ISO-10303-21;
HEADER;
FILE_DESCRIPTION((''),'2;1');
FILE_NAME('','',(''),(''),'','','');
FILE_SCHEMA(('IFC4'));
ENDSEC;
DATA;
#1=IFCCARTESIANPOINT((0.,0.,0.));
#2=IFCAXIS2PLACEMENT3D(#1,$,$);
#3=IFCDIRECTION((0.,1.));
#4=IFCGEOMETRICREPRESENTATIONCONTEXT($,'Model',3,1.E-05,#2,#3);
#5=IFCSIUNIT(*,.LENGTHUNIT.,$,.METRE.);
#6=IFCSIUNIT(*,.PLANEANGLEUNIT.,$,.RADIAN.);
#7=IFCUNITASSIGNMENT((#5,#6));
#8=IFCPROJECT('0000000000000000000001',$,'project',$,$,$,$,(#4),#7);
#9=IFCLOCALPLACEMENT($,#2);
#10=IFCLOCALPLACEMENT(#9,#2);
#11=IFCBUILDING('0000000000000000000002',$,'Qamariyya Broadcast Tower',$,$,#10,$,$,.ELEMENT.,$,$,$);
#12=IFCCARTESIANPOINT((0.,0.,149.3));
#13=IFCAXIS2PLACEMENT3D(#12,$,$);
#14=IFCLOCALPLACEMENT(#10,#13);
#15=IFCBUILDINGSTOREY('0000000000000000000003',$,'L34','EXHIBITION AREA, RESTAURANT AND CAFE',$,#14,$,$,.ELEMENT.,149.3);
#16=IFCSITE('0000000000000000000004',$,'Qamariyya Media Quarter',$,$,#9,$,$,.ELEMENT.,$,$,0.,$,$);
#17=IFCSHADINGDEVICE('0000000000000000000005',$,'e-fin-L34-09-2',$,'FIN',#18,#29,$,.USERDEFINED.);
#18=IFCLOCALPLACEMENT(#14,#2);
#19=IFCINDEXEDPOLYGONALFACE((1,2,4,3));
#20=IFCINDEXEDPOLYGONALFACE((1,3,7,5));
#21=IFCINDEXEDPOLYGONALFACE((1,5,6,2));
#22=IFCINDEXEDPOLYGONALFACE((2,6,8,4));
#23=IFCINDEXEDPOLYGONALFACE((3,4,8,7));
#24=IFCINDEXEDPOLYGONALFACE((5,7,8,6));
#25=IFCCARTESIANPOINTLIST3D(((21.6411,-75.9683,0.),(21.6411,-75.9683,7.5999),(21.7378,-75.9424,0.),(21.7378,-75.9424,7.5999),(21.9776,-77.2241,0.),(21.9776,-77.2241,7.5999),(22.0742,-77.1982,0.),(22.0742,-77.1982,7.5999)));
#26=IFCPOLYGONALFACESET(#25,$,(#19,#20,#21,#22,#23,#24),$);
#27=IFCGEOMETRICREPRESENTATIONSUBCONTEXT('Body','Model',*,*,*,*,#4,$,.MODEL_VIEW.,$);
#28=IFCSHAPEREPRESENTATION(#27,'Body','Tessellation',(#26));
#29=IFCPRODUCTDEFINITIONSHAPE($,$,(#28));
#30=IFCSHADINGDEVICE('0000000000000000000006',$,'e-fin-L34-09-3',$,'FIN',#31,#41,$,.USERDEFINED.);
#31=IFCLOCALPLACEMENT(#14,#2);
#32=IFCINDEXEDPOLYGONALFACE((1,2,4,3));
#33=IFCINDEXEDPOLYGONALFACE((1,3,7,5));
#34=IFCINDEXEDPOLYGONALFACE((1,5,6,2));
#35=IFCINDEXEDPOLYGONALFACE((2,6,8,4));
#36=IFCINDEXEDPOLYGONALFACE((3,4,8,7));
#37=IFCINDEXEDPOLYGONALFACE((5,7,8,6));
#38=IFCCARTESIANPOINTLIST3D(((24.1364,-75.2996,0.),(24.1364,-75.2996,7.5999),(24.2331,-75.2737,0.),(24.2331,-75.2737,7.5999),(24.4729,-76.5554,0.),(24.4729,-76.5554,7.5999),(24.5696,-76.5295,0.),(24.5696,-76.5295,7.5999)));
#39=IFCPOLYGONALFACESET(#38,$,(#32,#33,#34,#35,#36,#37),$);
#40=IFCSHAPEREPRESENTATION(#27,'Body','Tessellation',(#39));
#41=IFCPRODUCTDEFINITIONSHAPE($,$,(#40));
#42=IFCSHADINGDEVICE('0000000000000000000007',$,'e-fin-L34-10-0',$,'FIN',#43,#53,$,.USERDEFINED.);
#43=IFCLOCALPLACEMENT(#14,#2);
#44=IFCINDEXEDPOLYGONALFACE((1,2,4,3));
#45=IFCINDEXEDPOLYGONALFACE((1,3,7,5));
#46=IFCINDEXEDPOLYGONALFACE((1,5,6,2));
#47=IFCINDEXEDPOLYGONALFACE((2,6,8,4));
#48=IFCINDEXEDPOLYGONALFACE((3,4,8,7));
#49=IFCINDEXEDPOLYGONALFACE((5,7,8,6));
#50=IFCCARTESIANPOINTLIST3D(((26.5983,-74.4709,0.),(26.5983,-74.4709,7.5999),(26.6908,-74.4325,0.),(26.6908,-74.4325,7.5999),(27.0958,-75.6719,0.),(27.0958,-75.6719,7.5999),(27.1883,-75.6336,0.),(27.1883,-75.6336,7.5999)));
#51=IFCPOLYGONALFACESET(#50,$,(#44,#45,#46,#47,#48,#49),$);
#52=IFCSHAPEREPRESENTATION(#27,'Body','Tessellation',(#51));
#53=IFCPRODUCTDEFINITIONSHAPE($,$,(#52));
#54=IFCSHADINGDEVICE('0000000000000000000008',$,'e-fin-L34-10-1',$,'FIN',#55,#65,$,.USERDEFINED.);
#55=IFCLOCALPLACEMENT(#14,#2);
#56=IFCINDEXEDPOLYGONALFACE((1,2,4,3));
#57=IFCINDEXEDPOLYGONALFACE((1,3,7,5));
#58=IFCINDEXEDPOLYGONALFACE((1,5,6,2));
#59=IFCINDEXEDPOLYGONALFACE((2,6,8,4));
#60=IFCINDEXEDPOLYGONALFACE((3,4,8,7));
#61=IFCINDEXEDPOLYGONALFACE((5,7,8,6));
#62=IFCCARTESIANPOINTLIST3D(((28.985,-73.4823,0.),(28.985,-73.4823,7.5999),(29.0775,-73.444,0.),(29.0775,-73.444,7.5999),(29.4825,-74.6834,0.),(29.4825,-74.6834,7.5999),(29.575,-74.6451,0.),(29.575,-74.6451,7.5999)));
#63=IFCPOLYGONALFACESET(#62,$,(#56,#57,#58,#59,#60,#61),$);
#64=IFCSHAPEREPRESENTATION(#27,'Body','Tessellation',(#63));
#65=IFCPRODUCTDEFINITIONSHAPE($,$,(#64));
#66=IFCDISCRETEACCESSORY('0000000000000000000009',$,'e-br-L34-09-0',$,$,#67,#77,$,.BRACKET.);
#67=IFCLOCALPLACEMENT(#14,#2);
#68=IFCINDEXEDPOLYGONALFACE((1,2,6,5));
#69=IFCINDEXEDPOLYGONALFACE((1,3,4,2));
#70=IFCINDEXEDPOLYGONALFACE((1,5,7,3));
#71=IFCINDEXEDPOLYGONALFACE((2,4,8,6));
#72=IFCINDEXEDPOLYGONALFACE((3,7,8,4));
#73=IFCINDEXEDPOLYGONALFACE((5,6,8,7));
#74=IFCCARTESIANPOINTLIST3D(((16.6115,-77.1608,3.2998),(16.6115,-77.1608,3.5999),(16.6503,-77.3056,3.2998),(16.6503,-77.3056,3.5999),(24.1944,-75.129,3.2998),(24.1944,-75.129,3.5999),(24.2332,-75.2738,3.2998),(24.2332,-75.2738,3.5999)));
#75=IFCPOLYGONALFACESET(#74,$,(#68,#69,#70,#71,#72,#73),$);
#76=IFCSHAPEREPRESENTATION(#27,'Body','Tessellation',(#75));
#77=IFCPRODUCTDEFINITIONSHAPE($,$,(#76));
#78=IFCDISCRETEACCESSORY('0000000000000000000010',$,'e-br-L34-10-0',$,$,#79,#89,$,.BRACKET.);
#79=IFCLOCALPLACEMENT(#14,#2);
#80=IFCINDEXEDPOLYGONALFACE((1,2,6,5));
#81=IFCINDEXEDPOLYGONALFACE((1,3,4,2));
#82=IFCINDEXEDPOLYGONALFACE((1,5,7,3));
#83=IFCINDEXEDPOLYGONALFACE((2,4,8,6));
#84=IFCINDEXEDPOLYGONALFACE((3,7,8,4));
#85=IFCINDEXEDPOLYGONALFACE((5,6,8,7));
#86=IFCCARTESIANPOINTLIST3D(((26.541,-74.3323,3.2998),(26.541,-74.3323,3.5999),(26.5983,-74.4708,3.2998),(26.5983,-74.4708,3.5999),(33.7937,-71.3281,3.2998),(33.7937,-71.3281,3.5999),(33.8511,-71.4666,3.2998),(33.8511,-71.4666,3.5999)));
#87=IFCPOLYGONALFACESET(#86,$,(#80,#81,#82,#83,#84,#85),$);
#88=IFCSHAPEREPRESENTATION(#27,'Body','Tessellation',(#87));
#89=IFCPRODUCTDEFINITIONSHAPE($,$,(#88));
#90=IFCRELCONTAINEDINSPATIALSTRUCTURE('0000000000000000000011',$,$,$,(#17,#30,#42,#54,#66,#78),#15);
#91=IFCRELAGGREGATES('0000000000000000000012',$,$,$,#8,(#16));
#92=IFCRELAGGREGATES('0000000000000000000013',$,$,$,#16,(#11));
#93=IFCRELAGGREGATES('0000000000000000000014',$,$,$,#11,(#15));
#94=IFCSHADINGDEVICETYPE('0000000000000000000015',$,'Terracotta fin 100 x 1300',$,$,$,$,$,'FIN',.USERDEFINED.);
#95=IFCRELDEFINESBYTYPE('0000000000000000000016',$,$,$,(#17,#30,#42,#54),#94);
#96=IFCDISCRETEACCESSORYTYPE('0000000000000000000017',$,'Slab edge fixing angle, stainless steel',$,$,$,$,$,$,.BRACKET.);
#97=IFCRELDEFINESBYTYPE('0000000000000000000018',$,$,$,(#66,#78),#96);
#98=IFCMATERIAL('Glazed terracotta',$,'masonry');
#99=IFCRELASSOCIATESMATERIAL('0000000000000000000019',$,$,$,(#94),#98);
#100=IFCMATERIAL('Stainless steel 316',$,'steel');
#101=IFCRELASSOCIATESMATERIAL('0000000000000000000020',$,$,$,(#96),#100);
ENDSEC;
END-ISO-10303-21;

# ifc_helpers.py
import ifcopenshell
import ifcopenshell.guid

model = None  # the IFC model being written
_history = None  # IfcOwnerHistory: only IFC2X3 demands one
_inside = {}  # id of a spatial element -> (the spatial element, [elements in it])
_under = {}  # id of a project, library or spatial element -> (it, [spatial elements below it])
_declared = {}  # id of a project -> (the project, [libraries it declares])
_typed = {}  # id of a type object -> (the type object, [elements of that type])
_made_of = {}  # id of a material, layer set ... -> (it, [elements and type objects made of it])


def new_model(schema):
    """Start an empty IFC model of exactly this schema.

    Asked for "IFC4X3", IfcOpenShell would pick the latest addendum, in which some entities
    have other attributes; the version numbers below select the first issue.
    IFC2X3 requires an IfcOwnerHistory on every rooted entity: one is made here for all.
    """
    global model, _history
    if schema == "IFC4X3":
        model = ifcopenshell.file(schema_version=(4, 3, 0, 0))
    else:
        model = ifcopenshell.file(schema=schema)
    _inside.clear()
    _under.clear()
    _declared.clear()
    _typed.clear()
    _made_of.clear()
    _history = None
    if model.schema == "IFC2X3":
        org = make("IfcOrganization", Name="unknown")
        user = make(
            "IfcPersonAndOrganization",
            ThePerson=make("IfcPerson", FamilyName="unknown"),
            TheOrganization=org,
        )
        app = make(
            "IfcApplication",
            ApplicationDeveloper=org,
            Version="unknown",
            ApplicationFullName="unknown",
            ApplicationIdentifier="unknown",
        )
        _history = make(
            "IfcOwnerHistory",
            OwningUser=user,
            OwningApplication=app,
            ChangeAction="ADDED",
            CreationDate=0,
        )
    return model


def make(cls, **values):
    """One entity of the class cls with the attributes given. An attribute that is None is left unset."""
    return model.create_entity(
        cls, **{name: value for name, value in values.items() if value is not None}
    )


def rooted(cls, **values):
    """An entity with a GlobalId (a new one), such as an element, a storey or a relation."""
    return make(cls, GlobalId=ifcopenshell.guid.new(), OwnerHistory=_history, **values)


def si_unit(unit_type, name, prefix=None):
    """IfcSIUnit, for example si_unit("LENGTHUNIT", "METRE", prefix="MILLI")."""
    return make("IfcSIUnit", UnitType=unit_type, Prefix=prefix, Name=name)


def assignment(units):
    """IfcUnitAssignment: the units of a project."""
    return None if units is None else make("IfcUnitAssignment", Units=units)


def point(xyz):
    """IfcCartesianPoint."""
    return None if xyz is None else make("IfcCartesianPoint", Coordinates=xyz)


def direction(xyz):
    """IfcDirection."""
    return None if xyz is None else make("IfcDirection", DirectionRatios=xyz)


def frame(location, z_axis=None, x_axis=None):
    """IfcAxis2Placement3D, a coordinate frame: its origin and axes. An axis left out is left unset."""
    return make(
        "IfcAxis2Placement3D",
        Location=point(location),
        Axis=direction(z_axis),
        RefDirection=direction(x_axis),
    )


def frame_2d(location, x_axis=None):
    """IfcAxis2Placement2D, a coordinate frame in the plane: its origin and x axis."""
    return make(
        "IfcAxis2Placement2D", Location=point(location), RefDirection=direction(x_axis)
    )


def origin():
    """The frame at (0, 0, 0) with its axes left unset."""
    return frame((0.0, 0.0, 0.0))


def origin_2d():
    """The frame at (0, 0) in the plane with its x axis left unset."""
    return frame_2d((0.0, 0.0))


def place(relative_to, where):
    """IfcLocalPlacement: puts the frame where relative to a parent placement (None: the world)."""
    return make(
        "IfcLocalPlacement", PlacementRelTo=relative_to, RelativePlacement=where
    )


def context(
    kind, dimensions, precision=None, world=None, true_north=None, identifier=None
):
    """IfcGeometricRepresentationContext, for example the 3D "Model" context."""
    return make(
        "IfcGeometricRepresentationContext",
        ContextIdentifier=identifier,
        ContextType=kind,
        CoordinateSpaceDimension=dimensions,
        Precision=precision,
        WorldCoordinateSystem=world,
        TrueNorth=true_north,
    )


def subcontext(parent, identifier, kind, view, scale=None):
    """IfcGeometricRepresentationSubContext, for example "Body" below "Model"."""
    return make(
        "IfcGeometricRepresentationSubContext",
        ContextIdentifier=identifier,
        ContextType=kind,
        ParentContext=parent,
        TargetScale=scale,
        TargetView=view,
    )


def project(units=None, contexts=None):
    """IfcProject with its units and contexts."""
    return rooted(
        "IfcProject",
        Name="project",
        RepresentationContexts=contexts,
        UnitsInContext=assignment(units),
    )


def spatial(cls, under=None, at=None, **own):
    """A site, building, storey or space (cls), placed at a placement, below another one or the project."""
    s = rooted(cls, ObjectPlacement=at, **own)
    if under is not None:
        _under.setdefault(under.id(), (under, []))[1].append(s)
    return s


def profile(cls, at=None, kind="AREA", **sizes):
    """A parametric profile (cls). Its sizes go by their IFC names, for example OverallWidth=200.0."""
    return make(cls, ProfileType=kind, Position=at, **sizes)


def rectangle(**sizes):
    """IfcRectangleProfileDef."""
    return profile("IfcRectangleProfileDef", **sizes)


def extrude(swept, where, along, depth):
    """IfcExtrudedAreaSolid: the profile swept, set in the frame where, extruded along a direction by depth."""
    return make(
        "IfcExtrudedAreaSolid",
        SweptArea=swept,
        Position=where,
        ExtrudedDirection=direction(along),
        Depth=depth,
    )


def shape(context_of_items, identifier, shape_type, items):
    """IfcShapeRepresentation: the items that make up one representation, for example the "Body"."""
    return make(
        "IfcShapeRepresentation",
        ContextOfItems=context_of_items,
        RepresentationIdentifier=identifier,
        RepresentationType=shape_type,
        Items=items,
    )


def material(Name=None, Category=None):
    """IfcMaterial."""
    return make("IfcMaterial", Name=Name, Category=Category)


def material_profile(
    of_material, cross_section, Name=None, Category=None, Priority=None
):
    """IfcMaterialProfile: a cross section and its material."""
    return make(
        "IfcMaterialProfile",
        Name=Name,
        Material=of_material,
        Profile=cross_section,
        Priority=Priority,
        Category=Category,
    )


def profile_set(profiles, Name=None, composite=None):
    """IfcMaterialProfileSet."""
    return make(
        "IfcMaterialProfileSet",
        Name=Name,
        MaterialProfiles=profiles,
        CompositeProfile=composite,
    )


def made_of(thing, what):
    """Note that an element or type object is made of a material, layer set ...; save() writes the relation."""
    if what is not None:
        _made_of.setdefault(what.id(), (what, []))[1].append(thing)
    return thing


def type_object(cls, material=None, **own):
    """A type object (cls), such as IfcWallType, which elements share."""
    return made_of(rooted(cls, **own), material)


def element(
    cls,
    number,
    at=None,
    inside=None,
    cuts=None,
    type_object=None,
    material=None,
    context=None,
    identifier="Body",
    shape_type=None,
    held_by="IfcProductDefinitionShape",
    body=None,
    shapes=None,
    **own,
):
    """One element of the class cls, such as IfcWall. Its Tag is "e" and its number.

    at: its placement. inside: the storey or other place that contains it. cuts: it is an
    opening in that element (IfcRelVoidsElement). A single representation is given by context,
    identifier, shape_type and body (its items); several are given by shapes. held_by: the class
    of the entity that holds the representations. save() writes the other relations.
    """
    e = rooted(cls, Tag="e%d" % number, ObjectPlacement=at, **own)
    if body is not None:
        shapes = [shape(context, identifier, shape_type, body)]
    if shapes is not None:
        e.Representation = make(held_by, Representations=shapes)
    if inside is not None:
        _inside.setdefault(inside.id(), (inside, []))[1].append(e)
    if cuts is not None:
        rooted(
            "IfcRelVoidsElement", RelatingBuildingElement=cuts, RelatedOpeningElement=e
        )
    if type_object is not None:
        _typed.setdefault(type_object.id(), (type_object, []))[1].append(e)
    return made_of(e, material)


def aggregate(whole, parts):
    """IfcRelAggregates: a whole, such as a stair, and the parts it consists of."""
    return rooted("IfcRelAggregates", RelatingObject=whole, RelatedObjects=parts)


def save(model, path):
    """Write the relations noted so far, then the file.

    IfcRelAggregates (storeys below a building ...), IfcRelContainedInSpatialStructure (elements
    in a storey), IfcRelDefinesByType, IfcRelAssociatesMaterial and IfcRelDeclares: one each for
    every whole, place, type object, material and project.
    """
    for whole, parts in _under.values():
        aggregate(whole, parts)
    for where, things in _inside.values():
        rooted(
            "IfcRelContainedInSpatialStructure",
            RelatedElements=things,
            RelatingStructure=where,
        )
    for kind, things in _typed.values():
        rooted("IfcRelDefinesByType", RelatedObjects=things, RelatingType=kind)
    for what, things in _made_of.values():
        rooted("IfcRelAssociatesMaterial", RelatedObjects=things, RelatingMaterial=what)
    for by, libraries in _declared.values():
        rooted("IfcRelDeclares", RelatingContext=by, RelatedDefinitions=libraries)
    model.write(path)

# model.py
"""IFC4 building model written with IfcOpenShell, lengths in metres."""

from ifc_helpers import new_model, si_unit, direction, frame, origin, origin_2d, place, context, subcontext, project, spatial, rectangle, extrude, material, material_profile, profile_set, type_object, element, save


model = new_model("IFC4")

# Units and contexts
model_context = context("Model", 3, precision=1e-05, world=origin(), true_north=direction((0.0, 1.0)))
body_context = subcontext(model_context, "Body", "Model", "MODEL_VIEW")
ifc_project = project(units=[si_unit("LENGTHUNIT", "METRE"), si_unit("PLANEANGLEUNIT", "RADIAN")], contexts=[model_context])

# Site, building, storey
site_placement = place(None, origin())
site = spatial("IfcSite", under=ifc_project, at=site_placement, Name="Qamariyya Media Quarter", CompositionType="ELEMENT", RefElevation=0.0)
building_placement = place(site_placement, origin())
building = spatial("IfcBuilding", under=site, at=building_placement, Name="Qamariyya Broadcast Tower", CompositionType="ELEMENT")
storey_placement = place(building_placement, frame((0.0, 0.0, 149.3)))
storey = spatial("IfcBuildingStorey", under=building, at=storey_placement, Name="L34", Description="EXHIBITION AREA, RESTAURANT AND CAFE", CompositionType="ELEMENT", Elevation=149.3)

# Shading devices
ifc_material_1 = material(Name="Glazed terracotta", Category="masonry")
ifc_material_profile_1 = material_profile(ifc_material_1, rectangle(XDim=1.3, YDim=0.1001, at=origin_2d()))
ifc_profile_set_1 = profile_set([ifc_material_profile_1], Name="Glazed terracotta")
shading_device_type_1 = type_object("IfcShadingDeviceType", Name="Terracotta fin 100 x 1300", ElementType="FIN", PredefinedType="USERDEFINED", material=ifc_profile_set_1)
for number, where, z_axis, x_axis, name in (
    (1, (21.8577, -76.5833, 0.0), (0.0, 0.0, 1.0), (0.258819, -0.965926, 0.0), "e-fin-L34-09-2"),
    (2, (24.353, -75.9146, 0.0), (0.0, 0.0, 1.0), (0.258819, -0.965926, 0.0), "e-fin-L34-09-3"),
    (3, (26.8933, -75.0522, 0.0), (0.0, 0.0, 1.0), (0.382683, -0.92388, 0.0), "e-fin-L34-10-0"),
    (4, (29.28, -74.0637, 0.0), (0.0, 0.0, 1.0), (0.382683, -0.92388, 0.0), "e-fin-L34-10-1"),
):
    element("IfcShadingDevice", number, at=place(storey_placement, frame(where, z_axis=z_axis, x_axis=x_axis)), inside=storey, type_object=shading_device_type_1, Name=name, ObjectType="FIN", PredefinedType="USERDEFINED", context=body_context, shape_type="SweptSolid", body=[
        extrude(rectangle(XDim=1.3, YDim=0.1001, at=origin_2d()), origin(), (0.0, 0.0, 1.0), 7.5999),
    ])

# Discrete accessories
ifc_material_2 = material(Name="Stainless steel 316", Category="steel")
discrete_accessory_type = type_object("IfcDiscreteAccessoryType", Name="Slab edge fixing angle, stainless steel", PredefinedType="BRACKET", material=ifc_material_2)
for number, where, z_axis, x_axis, name in (
    (5, (20.4224, -76.2173, 3.2998), (0.0, 0.0, 1.0), (0.965926, 0.258819, 0.0), "e-br-L34-09-0"),
    (6, (30.196, -72.8994, 3.2998), (0.0, 0.0, 1.0), (0.92388, 0.382683, 0.0), "e-br-L34-10-0"),
):
    element("IfcDiscreteAccessory", number, at=place(storey_placement, frame(where, z_axis=z_axis, x_axis=x_axis)), inside=storey, type_object=discrete_accessory_type, Name=name, PredefinedType="BRACKET", context=body_context, shape_type="SweptSolid", body=[
        extrude(rectangle(XDim=7.8503, YDim=0.1499, at=origin_2d()), origin(), (0.0, 0.0, 1.0), 0.3),
    ])

save(model, "model.ifc")
